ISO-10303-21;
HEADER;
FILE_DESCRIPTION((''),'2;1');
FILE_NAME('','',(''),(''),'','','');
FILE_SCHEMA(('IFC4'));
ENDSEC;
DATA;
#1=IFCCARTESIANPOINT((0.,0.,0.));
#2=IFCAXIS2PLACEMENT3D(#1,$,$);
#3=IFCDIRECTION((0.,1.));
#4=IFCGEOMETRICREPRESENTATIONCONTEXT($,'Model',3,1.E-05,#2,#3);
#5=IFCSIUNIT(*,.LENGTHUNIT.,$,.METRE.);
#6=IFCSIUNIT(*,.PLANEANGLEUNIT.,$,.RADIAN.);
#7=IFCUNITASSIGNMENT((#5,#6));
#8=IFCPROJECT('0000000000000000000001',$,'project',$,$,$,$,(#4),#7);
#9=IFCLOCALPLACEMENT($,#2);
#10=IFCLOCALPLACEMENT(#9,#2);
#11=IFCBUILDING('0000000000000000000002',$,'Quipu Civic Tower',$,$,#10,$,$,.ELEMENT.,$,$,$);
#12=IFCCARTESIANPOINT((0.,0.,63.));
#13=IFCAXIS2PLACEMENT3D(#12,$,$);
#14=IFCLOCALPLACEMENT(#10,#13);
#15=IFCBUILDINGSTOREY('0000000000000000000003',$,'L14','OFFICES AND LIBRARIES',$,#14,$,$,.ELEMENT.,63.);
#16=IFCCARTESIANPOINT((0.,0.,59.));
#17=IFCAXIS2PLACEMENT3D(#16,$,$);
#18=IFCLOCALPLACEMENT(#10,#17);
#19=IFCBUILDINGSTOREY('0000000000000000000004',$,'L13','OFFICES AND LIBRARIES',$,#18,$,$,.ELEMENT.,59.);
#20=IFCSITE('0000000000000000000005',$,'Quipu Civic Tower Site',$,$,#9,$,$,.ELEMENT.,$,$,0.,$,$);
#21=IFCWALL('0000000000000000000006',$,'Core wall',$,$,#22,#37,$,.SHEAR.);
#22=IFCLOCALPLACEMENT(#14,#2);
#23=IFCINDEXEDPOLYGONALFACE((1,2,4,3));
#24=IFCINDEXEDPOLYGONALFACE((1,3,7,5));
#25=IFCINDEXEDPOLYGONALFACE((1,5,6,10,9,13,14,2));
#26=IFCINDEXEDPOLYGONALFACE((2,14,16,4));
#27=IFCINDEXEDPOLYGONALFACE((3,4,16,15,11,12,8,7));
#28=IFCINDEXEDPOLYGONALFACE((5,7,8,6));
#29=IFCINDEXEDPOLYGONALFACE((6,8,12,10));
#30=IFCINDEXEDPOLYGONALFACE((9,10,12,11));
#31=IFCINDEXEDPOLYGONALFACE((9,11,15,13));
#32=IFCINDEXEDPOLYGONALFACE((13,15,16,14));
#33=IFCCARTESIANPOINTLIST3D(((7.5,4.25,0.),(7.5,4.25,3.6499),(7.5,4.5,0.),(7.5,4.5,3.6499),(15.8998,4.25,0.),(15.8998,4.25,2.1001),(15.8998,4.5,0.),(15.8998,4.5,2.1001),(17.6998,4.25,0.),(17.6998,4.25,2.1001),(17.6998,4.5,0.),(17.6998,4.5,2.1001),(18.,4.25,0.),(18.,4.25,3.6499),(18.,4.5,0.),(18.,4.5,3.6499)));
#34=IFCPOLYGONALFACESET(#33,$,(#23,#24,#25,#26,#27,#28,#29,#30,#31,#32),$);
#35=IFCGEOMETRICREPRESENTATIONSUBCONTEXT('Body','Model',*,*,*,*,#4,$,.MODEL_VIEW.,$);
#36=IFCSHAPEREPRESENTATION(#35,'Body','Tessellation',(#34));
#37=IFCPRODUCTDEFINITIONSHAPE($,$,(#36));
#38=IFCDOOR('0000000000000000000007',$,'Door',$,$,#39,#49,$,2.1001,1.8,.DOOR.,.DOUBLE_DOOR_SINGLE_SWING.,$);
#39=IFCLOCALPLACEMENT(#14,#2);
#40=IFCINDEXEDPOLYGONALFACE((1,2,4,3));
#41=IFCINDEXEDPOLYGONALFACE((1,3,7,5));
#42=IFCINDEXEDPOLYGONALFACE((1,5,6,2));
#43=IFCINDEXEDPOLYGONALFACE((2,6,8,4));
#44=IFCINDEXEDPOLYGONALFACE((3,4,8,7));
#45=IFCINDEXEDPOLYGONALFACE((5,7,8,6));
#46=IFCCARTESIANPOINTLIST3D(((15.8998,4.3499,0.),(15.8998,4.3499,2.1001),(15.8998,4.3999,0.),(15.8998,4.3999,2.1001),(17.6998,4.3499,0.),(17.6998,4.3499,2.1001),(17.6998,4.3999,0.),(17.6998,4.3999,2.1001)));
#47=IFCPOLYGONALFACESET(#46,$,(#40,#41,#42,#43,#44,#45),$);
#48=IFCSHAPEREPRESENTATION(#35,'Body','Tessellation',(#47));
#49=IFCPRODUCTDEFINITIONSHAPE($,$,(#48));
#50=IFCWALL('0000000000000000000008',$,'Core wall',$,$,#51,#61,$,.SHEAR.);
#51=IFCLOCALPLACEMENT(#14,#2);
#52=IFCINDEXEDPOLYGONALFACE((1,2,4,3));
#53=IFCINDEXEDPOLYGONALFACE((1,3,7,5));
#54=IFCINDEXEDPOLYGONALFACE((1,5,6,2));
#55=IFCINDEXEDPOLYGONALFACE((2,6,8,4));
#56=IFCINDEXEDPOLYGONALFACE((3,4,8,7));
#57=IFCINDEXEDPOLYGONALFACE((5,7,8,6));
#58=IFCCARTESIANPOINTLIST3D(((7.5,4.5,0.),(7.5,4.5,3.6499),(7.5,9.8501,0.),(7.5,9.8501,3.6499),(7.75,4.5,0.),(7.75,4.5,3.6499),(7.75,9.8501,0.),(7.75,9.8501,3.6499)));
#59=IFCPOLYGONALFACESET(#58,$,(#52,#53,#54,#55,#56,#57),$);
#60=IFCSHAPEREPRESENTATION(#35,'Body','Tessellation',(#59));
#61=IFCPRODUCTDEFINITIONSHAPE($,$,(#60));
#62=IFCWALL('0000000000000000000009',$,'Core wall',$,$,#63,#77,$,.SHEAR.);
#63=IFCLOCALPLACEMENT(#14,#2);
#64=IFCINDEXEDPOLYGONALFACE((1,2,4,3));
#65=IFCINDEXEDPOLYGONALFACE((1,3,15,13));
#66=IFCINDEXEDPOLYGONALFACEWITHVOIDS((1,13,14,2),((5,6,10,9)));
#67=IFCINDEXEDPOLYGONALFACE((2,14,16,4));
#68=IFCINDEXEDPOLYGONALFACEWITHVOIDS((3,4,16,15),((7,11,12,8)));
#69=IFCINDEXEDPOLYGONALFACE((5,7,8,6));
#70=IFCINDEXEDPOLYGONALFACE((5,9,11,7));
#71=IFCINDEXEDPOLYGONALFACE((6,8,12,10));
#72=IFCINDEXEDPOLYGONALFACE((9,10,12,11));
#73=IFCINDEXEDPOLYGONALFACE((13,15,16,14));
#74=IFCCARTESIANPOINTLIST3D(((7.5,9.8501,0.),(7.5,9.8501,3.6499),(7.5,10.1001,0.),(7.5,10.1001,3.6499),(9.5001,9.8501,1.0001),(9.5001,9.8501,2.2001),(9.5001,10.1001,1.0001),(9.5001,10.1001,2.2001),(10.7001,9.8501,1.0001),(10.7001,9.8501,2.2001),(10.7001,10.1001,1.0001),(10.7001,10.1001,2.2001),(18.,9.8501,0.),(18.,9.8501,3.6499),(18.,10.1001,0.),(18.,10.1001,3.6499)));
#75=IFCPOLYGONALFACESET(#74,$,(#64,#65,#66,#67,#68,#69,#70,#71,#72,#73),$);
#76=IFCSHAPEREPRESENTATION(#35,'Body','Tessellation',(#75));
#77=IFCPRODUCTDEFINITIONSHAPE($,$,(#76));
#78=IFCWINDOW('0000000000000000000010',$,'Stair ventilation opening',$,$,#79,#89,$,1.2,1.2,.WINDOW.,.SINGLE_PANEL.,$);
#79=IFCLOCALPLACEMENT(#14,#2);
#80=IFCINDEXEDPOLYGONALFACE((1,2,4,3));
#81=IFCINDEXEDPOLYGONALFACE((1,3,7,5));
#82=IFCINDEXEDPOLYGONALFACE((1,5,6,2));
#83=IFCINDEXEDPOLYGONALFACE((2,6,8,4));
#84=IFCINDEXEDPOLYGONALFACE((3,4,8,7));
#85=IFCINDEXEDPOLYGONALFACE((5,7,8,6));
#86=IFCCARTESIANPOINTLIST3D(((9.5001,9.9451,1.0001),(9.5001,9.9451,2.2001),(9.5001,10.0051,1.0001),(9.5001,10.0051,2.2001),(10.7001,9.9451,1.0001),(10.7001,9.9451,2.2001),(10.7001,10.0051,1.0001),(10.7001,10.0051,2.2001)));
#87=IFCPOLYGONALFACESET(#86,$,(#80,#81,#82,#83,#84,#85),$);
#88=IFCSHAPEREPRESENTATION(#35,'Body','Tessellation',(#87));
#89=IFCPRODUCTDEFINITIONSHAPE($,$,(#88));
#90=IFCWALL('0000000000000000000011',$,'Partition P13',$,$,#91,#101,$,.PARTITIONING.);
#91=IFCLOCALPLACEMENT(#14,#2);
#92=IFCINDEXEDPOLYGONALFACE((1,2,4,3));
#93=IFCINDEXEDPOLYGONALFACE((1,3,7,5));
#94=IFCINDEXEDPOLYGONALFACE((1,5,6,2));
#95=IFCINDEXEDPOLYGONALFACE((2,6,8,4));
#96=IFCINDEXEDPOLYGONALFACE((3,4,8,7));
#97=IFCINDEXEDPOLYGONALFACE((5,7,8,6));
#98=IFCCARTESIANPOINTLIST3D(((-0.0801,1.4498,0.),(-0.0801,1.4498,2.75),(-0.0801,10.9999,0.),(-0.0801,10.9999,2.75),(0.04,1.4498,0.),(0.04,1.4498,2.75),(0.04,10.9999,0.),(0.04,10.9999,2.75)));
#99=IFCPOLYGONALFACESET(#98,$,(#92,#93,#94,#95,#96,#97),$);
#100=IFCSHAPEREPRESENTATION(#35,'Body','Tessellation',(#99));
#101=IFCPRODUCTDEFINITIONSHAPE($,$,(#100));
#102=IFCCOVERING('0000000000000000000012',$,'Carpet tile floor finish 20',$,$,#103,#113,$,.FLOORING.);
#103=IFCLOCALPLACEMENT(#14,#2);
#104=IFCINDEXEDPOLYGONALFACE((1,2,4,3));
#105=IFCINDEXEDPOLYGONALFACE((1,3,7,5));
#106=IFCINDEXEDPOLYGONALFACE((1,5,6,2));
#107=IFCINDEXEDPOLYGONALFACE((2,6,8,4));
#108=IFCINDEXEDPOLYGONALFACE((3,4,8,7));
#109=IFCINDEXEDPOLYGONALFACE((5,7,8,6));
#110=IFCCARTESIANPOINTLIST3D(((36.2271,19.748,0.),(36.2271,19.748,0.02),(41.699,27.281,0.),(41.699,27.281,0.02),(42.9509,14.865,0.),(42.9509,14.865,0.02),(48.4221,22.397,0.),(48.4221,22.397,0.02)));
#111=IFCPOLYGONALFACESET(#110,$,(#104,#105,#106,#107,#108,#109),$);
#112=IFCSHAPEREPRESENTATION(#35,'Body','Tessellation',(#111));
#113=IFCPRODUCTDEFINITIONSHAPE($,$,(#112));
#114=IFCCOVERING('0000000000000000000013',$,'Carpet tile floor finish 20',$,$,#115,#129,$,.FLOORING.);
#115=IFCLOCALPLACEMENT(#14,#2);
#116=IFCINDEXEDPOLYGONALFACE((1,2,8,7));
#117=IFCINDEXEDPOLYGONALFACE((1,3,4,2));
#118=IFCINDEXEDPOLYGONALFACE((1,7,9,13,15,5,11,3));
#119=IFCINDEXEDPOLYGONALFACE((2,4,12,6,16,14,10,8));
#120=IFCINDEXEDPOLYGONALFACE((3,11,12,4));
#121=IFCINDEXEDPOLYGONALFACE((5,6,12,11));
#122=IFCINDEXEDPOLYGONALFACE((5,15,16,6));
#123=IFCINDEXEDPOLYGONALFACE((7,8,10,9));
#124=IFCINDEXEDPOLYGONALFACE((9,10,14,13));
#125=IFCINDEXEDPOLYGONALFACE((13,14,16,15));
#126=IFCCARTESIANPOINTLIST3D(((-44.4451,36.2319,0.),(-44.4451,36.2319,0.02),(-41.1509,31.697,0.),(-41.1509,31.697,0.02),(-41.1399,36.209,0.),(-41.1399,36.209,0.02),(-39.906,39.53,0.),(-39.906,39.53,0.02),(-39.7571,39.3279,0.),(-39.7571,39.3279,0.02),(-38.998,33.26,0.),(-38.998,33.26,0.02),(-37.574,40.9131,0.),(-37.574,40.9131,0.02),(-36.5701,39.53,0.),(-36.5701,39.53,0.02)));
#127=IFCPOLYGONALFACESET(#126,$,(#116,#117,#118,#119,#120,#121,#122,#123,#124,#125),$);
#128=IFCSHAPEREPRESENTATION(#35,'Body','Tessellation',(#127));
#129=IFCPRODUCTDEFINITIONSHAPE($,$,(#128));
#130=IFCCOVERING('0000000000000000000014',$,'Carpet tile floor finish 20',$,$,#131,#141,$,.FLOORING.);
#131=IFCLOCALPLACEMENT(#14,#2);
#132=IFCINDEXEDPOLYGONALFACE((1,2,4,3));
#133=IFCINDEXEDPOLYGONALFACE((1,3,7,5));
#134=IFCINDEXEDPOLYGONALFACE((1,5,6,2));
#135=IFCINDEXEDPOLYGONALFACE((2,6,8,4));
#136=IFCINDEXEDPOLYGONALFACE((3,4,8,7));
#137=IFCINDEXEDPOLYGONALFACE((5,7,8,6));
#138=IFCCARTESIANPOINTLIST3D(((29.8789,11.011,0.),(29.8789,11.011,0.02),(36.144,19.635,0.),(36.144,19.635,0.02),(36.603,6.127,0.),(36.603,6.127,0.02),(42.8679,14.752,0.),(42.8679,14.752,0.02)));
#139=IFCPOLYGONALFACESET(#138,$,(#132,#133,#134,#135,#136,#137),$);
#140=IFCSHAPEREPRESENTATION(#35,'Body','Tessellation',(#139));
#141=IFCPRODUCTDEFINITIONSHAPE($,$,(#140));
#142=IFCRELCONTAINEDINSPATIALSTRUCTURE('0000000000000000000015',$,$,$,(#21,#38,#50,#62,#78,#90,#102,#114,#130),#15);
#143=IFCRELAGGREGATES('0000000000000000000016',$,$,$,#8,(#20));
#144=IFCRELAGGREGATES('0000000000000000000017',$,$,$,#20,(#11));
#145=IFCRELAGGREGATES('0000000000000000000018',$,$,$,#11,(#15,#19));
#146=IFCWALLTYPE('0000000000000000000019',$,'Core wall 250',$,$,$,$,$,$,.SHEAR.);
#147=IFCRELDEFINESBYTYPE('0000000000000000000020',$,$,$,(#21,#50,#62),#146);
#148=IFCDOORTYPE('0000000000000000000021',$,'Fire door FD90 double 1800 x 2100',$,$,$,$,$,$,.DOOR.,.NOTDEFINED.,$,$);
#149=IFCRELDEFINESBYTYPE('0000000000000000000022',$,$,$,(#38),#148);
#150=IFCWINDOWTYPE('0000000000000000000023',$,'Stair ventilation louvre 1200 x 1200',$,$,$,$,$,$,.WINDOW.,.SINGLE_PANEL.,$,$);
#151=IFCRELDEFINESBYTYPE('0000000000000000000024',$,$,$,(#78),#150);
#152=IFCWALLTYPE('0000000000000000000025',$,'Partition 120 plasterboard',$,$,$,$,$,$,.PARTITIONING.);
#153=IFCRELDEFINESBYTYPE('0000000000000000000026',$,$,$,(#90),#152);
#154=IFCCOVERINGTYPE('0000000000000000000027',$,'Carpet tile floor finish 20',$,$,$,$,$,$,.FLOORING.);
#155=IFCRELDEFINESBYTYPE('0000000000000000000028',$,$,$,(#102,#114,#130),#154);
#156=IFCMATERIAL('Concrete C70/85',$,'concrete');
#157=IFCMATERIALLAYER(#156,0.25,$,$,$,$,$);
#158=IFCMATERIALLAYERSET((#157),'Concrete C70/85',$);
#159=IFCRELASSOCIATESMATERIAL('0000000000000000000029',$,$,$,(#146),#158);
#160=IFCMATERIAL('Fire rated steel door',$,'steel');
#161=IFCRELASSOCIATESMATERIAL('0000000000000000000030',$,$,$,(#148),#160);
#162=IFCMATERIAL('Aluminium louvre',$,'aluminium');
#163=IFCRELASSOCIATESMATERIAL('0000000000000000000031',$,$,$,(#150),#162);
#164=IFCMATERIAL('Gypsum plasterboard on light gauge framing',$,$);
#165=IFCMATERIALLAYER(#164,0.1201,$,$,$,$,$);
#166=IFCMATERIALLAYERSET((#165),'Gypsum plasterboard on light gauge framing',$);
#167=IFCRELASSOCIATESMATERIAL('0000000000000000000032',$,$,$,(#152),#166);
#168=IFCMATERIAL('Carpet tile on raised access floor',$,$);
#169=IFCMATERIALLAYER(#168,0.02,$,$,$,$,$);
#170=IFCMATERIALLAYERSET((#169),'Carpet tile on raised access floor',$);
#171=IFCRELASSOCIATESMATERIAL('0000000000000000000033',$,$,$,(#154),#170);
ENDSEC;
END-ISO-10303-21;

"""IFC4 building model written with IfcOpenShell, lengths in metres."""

from ifc_helpers import new_model, si_unit, direction, frame, frame_2d, origin, place, context, subcontext, project, spatial, polyline, rectangle, outline, extrude, material, layer, layer_set, type_object, element, fill, save


model = new_model("IFC4")

# Units and contexts
model_context = context("Model", 3, precision=1e-05, world=origin(), true_north=direction((0.0, 1.0)))
body_context = subcontext(model_context, "Body", "Model", "MODEL_VIEW")
ifc_project = project(units=[si_unit("LENGTHUNIT", "METRE"), si_unit("PLANEANGLEUNIT", "RADIAN")], contexts=[model_context])

# Site, building, storey
site_placement = place(None, origin())
site = spatial("IfcSite", under=ifc_project, at=site_placement, Name="Quipu Civic Tower Site", CompositionType="ELEMENT", RefElevation=0.0)
building_placement = place(site_placement, origin())
building = spatial("IfcBuilding", under=site, at=building_placement, Name="Quipu Civic Tower", CompositionType="ELEMENT")
storey_1_placement = place(building_placement, frame((0.0, 0.0, 63.0)))
storey_1 = spatial("IfcBuildingStorey", under=building, at=storey_1_placement, Name="L14", Description="OFFICES AND LIBRARIES", CompositionType="ELEMENT", Elevation=63.0)

# Shared definitions
storey_2_placement = place(building_placement, frame((0.0, 0.0, 59.0)))
storey_2 = spatial("IfcBuildingStorey", under=building, at=storey_2_placement, Name="L13", Description="OFFICES AND LIBRARIES", CompositionType="ELEMENT", Elevation=59.0)

# Wall, opening, door
ifc_material_1 = material(Name="Concrete C70/85", Category="concrete")
ifc_layer_1 = layer(ifc_material_1, 0.25)
ifc_layer_set_1 = layer_set([ifc_layer_1], Name="Concrete C70/85")
wall_type_1 = type_object("IfcWallType", Name="Core wall 250", PredefinedType="SHEAR", material=ifc_layer_set_1)
wall_1_placement = place(storey_1_placement, frame((7.5, 4.375, 0.0), z_axis=(0.0, 0.0, 1.0), x_axis=(1.0, 0.0, 0.0)))
wall_1 = element("IfcWall", 1, at=wall_1_placement, inside=storey_1, type_object=wall_type_1, Name="Core wall", PredefinedType="SHEAR", context=body_context, shape_type="SweptSolid", body=[
    extrude(rectangle(XDim=10.5, YDim=0.25, at=frame_2d((5.25, 0.0))), origin(), (0.0, 0.0, 1.0), 3.6499),
])
opening_1_placement = place(wall_1_placement, frame((8.3999, 0.0, 0.0)))
opening_1 = element("IfcOpeningElement", 2, at=opening_1_placement, cuts=wall_1, PredefinedType="OPENING", context=body_context, shape_type="SweptSolid", body=[
    extrude(rectangle(XDim=1.8, YDim=2.1001, at=frame_2d((0.8999, 1.05))), frame((0.0, 0.135, 0.0), z_axis=(0.0, -1.0, 0.0), x_axis=(1.0, 0.0, 0.0)), (0.0, 0.0, 1.0), 0.27),
])
ifc_material_2 = material(Name="Fire rated steel door", Category="steel")
door_type = type_object("IfcDoorType", Name="Fire door FD90 double 1800 x 2100", OperationType="NOTDEFINED", PredefinedType="DOOR", material=ifc_material_2)
door_placement = place(opening_1_placement, origin())
door = element("IfcDoor", 3, at=door_placement, inside=storey_1, type_object=door_type, Name="Door", OperationType="DOUBLE_DOOR_SINGLE_SWING", OverallHeight=2.1001, OverallWidth=1.8, PredefinedType="DOOR", context=body_context, shape_type="SweptSolid", body=[
    extrude(rectangle(XDim=1.8, YDim=2.1001, at=frame_2d((0.8999, 1.05))), frame((0.0, 0.0249, 0.0), z_axis=(0.0, -1.0, 0.0), x_axis=(1.0, 0.0, 0.0)), (0.0, 0.0, 1.0), 0.05),
])
fill(opening_1, door)

# Wall
wall_2_placement = place(storey_1_placement, frame((7.625, 4.5, 0.0), z_axis=(0.0, 0.0, 1.0), x_axis=(0.0, 1.0, 0.0)))
element("IfcWall", 4, at=wall_2_placement, inside=storey_1, type_object=wall_type_1, Name="Core wall", PredefinedType="SHEAR", context=body_context, shape_type="SweptSolid", body=[
    extrude(rectangle(XDim=5.3501, YDim=0.25, at=frame_2d((2.675, 0.0))), origin(), (0.0, 0.0, 1.0), 3.6499),
])

# Wall, opening, window
wall_3_placement = place(storey_1_placement, frame((7.5, 9.9751, 0.0), z_axis=(0.0, 0.0, 1.0), x_axis=(1.0, 0.0, 0.0)))
wall_3 = element("IfcWall", 5, at=wall_3_placement, inside=storey_1, type_object=wall_type_1, Name="Core wall", PredefinedType="SHEAR", context=body_context, shape_type="SweptSolid", body=[
    extrude(rectangle(XDim=10.5, YDim=0.25, at=frame_2d((5.25, 0.0))), origin(), (0.0, 0.0, 1.0), 3.6499),
])
opening_2_placement = place(wall_3_placement, frame((2.0, 0.0, 1.0)))
opening_2 = element("IfcOpeningElement", 6, at=opening_2_placement, cuts=wall_3, PredefinedType="OPENING", context=body_context, shape_type="SweptSolid", body=[
    extrude(rectangle(XDim=1.2, YDim=1.2, at=frame_2d((0.6001, 0.6001))), frame((0.0, 0.135, 0.0), z_axis=(0.0, -1.0, 0.0), x_axis=(1.0, 0.0, 0.0)), (0.0, 0.0, 1.0), 0.27),
])
ifc_material_3 = material(Name="Aluminium louvre", Category="aluminium")
window_type = type_object("IfcWindowType", Name="Stair ventilation louvre 1200 x 1200", PartitioningType="SINGLE_PANEL", PredefinedType="WINDOW", material=ifc_material_3)
window_placement = place(opening_2_placement, origin())
window = element("IfcWindow", 7, at=window_placement, inside=storey_1, type_object=window_type, Name="Stair ventilation opening", OverallHeight=1.2, OverallWidth=1.2, PartitioningType="SINGLE_PANEL", PredefinedType="WINDOW", context=body_context, shape_type="SweptSolid", body=[
    extrude(rectangle(XDim=1.2, YDim=1.2, at=frame_2d((0.6001, 0.6001))), frame((0.0, 0.03, 0.0), z_axis=(0.0, -1.0, 0.0), x_axis=(1.0, 0.0, 0.0)), (0.0, 0.0, 1.0), 0.0601),
])
fill(opening_2, window)

# Wall
ifc_material_4 = material(Name="Gypsum plasterboard on light gauge framing")
ifc_layer_2 = layer(ifc_material_4, 0.1201)
ifc_layer_set_2 = layer_set([ifc_layer_2], Name="Gypsum plasterboard on light gauge framing")
wall_type_2 = type_object("IfcWallType", Name="Partition 120 plasterboard", PredefinedType="PARTITIONING", material=ifc_layer_set_2)
wall_4_placement = place(storey_1_placement, frame((-0.02, 1.45, 0.0), z_axis=(0.0, 0.0, 1.0), x_axis=(0.0, 1.0, 0.0)))
element("IfcWall", 8, at=wall_4_placement, inside=storey_1, type_object=wall_type_2, Name="Partition P13", PredefinedType="PARTITIONING", context=body_context, shape_type="SweptSolid", body=[
    extrude(rectangle(XDim=9.55, YDim=0.1201, at=frame_2d((4.7749, 0.0))), origin(), (0.0, 0.0, 1.0), 2.75),
])

# Coverings
ifc_material_5 = material(Name="Carpet tile on raised access floor")
ifc_layer_3 = layer(ifc_material_5, 0.02)
ifc_layer_set_3 = layer_set([ifc_layer_3], Name="Carpet tile on raised access floor")
covering_type_1 = type_object("IfcCoveringType", Name="Carpet tile floor finish 20", PredefinedType="FLOORING", material=ifc_layer_set_3)
covering_1_placement = place(storey_1_placement, origin())
element("IfcCovering", 9, at=covering_1_placement, inside=storey_1, type_object=covering_type_1, Name="Carpet tile floor finish 20", PredefinedType="FLOORING", context=body_context, shape_type="SweptSolid", body=[
    extrude(outline(polyline([(36.2271, 19.748), (41.699, 27.281), (48.4221, 22.397), (42.9509, 14.865), (36.2271, 19.748)])), origin(), (0.0, 0.0, 1.0), 0.02),
])
covering_2_placement = place(storey_1_placement, origin())
element("IfcCovering", 10, at=covering_2_placement, inside=storey_1, type_object=covering_type_1, Name="Carpet tile floor finish 20", PredefinedType="FLOORING", context=body_context, shape_type="SweptSolid", body=[
    extrude(outline(polyline([(-44.4451, 36.2319), (-39.906, 39.53), (-39.7571, 39.3279), (-37.574, 40.9131), (-36.5701, 39.53), (-41.1399, 36.209), (-38.998, 33.26), (-41.1509, 31.697), (-44.4451, 36.2319)])), origin(), (0.0, 0.0, 1.0), 0.02),
])
covering_3_placement = place(storey_1_placement, origin())
element("IfcCovering", 11, at=covering_3_placement, inside=storey_1, type_object=covering_type_1, Name="Carpet tile floor finish 20", PredefinedType="FLOORING", context=body_context, shape_type="SweptSolid", body=[
    extrude(outline(polyline([(29.8789, 11.011), (36.144, 19.635), (42.8679, 14.752), (36.603, 6.127), (29.8789, 11.011)])), origin(), (0.0, 0.0, 1.0), 0.02),
])

save(model, "model.ifc")
